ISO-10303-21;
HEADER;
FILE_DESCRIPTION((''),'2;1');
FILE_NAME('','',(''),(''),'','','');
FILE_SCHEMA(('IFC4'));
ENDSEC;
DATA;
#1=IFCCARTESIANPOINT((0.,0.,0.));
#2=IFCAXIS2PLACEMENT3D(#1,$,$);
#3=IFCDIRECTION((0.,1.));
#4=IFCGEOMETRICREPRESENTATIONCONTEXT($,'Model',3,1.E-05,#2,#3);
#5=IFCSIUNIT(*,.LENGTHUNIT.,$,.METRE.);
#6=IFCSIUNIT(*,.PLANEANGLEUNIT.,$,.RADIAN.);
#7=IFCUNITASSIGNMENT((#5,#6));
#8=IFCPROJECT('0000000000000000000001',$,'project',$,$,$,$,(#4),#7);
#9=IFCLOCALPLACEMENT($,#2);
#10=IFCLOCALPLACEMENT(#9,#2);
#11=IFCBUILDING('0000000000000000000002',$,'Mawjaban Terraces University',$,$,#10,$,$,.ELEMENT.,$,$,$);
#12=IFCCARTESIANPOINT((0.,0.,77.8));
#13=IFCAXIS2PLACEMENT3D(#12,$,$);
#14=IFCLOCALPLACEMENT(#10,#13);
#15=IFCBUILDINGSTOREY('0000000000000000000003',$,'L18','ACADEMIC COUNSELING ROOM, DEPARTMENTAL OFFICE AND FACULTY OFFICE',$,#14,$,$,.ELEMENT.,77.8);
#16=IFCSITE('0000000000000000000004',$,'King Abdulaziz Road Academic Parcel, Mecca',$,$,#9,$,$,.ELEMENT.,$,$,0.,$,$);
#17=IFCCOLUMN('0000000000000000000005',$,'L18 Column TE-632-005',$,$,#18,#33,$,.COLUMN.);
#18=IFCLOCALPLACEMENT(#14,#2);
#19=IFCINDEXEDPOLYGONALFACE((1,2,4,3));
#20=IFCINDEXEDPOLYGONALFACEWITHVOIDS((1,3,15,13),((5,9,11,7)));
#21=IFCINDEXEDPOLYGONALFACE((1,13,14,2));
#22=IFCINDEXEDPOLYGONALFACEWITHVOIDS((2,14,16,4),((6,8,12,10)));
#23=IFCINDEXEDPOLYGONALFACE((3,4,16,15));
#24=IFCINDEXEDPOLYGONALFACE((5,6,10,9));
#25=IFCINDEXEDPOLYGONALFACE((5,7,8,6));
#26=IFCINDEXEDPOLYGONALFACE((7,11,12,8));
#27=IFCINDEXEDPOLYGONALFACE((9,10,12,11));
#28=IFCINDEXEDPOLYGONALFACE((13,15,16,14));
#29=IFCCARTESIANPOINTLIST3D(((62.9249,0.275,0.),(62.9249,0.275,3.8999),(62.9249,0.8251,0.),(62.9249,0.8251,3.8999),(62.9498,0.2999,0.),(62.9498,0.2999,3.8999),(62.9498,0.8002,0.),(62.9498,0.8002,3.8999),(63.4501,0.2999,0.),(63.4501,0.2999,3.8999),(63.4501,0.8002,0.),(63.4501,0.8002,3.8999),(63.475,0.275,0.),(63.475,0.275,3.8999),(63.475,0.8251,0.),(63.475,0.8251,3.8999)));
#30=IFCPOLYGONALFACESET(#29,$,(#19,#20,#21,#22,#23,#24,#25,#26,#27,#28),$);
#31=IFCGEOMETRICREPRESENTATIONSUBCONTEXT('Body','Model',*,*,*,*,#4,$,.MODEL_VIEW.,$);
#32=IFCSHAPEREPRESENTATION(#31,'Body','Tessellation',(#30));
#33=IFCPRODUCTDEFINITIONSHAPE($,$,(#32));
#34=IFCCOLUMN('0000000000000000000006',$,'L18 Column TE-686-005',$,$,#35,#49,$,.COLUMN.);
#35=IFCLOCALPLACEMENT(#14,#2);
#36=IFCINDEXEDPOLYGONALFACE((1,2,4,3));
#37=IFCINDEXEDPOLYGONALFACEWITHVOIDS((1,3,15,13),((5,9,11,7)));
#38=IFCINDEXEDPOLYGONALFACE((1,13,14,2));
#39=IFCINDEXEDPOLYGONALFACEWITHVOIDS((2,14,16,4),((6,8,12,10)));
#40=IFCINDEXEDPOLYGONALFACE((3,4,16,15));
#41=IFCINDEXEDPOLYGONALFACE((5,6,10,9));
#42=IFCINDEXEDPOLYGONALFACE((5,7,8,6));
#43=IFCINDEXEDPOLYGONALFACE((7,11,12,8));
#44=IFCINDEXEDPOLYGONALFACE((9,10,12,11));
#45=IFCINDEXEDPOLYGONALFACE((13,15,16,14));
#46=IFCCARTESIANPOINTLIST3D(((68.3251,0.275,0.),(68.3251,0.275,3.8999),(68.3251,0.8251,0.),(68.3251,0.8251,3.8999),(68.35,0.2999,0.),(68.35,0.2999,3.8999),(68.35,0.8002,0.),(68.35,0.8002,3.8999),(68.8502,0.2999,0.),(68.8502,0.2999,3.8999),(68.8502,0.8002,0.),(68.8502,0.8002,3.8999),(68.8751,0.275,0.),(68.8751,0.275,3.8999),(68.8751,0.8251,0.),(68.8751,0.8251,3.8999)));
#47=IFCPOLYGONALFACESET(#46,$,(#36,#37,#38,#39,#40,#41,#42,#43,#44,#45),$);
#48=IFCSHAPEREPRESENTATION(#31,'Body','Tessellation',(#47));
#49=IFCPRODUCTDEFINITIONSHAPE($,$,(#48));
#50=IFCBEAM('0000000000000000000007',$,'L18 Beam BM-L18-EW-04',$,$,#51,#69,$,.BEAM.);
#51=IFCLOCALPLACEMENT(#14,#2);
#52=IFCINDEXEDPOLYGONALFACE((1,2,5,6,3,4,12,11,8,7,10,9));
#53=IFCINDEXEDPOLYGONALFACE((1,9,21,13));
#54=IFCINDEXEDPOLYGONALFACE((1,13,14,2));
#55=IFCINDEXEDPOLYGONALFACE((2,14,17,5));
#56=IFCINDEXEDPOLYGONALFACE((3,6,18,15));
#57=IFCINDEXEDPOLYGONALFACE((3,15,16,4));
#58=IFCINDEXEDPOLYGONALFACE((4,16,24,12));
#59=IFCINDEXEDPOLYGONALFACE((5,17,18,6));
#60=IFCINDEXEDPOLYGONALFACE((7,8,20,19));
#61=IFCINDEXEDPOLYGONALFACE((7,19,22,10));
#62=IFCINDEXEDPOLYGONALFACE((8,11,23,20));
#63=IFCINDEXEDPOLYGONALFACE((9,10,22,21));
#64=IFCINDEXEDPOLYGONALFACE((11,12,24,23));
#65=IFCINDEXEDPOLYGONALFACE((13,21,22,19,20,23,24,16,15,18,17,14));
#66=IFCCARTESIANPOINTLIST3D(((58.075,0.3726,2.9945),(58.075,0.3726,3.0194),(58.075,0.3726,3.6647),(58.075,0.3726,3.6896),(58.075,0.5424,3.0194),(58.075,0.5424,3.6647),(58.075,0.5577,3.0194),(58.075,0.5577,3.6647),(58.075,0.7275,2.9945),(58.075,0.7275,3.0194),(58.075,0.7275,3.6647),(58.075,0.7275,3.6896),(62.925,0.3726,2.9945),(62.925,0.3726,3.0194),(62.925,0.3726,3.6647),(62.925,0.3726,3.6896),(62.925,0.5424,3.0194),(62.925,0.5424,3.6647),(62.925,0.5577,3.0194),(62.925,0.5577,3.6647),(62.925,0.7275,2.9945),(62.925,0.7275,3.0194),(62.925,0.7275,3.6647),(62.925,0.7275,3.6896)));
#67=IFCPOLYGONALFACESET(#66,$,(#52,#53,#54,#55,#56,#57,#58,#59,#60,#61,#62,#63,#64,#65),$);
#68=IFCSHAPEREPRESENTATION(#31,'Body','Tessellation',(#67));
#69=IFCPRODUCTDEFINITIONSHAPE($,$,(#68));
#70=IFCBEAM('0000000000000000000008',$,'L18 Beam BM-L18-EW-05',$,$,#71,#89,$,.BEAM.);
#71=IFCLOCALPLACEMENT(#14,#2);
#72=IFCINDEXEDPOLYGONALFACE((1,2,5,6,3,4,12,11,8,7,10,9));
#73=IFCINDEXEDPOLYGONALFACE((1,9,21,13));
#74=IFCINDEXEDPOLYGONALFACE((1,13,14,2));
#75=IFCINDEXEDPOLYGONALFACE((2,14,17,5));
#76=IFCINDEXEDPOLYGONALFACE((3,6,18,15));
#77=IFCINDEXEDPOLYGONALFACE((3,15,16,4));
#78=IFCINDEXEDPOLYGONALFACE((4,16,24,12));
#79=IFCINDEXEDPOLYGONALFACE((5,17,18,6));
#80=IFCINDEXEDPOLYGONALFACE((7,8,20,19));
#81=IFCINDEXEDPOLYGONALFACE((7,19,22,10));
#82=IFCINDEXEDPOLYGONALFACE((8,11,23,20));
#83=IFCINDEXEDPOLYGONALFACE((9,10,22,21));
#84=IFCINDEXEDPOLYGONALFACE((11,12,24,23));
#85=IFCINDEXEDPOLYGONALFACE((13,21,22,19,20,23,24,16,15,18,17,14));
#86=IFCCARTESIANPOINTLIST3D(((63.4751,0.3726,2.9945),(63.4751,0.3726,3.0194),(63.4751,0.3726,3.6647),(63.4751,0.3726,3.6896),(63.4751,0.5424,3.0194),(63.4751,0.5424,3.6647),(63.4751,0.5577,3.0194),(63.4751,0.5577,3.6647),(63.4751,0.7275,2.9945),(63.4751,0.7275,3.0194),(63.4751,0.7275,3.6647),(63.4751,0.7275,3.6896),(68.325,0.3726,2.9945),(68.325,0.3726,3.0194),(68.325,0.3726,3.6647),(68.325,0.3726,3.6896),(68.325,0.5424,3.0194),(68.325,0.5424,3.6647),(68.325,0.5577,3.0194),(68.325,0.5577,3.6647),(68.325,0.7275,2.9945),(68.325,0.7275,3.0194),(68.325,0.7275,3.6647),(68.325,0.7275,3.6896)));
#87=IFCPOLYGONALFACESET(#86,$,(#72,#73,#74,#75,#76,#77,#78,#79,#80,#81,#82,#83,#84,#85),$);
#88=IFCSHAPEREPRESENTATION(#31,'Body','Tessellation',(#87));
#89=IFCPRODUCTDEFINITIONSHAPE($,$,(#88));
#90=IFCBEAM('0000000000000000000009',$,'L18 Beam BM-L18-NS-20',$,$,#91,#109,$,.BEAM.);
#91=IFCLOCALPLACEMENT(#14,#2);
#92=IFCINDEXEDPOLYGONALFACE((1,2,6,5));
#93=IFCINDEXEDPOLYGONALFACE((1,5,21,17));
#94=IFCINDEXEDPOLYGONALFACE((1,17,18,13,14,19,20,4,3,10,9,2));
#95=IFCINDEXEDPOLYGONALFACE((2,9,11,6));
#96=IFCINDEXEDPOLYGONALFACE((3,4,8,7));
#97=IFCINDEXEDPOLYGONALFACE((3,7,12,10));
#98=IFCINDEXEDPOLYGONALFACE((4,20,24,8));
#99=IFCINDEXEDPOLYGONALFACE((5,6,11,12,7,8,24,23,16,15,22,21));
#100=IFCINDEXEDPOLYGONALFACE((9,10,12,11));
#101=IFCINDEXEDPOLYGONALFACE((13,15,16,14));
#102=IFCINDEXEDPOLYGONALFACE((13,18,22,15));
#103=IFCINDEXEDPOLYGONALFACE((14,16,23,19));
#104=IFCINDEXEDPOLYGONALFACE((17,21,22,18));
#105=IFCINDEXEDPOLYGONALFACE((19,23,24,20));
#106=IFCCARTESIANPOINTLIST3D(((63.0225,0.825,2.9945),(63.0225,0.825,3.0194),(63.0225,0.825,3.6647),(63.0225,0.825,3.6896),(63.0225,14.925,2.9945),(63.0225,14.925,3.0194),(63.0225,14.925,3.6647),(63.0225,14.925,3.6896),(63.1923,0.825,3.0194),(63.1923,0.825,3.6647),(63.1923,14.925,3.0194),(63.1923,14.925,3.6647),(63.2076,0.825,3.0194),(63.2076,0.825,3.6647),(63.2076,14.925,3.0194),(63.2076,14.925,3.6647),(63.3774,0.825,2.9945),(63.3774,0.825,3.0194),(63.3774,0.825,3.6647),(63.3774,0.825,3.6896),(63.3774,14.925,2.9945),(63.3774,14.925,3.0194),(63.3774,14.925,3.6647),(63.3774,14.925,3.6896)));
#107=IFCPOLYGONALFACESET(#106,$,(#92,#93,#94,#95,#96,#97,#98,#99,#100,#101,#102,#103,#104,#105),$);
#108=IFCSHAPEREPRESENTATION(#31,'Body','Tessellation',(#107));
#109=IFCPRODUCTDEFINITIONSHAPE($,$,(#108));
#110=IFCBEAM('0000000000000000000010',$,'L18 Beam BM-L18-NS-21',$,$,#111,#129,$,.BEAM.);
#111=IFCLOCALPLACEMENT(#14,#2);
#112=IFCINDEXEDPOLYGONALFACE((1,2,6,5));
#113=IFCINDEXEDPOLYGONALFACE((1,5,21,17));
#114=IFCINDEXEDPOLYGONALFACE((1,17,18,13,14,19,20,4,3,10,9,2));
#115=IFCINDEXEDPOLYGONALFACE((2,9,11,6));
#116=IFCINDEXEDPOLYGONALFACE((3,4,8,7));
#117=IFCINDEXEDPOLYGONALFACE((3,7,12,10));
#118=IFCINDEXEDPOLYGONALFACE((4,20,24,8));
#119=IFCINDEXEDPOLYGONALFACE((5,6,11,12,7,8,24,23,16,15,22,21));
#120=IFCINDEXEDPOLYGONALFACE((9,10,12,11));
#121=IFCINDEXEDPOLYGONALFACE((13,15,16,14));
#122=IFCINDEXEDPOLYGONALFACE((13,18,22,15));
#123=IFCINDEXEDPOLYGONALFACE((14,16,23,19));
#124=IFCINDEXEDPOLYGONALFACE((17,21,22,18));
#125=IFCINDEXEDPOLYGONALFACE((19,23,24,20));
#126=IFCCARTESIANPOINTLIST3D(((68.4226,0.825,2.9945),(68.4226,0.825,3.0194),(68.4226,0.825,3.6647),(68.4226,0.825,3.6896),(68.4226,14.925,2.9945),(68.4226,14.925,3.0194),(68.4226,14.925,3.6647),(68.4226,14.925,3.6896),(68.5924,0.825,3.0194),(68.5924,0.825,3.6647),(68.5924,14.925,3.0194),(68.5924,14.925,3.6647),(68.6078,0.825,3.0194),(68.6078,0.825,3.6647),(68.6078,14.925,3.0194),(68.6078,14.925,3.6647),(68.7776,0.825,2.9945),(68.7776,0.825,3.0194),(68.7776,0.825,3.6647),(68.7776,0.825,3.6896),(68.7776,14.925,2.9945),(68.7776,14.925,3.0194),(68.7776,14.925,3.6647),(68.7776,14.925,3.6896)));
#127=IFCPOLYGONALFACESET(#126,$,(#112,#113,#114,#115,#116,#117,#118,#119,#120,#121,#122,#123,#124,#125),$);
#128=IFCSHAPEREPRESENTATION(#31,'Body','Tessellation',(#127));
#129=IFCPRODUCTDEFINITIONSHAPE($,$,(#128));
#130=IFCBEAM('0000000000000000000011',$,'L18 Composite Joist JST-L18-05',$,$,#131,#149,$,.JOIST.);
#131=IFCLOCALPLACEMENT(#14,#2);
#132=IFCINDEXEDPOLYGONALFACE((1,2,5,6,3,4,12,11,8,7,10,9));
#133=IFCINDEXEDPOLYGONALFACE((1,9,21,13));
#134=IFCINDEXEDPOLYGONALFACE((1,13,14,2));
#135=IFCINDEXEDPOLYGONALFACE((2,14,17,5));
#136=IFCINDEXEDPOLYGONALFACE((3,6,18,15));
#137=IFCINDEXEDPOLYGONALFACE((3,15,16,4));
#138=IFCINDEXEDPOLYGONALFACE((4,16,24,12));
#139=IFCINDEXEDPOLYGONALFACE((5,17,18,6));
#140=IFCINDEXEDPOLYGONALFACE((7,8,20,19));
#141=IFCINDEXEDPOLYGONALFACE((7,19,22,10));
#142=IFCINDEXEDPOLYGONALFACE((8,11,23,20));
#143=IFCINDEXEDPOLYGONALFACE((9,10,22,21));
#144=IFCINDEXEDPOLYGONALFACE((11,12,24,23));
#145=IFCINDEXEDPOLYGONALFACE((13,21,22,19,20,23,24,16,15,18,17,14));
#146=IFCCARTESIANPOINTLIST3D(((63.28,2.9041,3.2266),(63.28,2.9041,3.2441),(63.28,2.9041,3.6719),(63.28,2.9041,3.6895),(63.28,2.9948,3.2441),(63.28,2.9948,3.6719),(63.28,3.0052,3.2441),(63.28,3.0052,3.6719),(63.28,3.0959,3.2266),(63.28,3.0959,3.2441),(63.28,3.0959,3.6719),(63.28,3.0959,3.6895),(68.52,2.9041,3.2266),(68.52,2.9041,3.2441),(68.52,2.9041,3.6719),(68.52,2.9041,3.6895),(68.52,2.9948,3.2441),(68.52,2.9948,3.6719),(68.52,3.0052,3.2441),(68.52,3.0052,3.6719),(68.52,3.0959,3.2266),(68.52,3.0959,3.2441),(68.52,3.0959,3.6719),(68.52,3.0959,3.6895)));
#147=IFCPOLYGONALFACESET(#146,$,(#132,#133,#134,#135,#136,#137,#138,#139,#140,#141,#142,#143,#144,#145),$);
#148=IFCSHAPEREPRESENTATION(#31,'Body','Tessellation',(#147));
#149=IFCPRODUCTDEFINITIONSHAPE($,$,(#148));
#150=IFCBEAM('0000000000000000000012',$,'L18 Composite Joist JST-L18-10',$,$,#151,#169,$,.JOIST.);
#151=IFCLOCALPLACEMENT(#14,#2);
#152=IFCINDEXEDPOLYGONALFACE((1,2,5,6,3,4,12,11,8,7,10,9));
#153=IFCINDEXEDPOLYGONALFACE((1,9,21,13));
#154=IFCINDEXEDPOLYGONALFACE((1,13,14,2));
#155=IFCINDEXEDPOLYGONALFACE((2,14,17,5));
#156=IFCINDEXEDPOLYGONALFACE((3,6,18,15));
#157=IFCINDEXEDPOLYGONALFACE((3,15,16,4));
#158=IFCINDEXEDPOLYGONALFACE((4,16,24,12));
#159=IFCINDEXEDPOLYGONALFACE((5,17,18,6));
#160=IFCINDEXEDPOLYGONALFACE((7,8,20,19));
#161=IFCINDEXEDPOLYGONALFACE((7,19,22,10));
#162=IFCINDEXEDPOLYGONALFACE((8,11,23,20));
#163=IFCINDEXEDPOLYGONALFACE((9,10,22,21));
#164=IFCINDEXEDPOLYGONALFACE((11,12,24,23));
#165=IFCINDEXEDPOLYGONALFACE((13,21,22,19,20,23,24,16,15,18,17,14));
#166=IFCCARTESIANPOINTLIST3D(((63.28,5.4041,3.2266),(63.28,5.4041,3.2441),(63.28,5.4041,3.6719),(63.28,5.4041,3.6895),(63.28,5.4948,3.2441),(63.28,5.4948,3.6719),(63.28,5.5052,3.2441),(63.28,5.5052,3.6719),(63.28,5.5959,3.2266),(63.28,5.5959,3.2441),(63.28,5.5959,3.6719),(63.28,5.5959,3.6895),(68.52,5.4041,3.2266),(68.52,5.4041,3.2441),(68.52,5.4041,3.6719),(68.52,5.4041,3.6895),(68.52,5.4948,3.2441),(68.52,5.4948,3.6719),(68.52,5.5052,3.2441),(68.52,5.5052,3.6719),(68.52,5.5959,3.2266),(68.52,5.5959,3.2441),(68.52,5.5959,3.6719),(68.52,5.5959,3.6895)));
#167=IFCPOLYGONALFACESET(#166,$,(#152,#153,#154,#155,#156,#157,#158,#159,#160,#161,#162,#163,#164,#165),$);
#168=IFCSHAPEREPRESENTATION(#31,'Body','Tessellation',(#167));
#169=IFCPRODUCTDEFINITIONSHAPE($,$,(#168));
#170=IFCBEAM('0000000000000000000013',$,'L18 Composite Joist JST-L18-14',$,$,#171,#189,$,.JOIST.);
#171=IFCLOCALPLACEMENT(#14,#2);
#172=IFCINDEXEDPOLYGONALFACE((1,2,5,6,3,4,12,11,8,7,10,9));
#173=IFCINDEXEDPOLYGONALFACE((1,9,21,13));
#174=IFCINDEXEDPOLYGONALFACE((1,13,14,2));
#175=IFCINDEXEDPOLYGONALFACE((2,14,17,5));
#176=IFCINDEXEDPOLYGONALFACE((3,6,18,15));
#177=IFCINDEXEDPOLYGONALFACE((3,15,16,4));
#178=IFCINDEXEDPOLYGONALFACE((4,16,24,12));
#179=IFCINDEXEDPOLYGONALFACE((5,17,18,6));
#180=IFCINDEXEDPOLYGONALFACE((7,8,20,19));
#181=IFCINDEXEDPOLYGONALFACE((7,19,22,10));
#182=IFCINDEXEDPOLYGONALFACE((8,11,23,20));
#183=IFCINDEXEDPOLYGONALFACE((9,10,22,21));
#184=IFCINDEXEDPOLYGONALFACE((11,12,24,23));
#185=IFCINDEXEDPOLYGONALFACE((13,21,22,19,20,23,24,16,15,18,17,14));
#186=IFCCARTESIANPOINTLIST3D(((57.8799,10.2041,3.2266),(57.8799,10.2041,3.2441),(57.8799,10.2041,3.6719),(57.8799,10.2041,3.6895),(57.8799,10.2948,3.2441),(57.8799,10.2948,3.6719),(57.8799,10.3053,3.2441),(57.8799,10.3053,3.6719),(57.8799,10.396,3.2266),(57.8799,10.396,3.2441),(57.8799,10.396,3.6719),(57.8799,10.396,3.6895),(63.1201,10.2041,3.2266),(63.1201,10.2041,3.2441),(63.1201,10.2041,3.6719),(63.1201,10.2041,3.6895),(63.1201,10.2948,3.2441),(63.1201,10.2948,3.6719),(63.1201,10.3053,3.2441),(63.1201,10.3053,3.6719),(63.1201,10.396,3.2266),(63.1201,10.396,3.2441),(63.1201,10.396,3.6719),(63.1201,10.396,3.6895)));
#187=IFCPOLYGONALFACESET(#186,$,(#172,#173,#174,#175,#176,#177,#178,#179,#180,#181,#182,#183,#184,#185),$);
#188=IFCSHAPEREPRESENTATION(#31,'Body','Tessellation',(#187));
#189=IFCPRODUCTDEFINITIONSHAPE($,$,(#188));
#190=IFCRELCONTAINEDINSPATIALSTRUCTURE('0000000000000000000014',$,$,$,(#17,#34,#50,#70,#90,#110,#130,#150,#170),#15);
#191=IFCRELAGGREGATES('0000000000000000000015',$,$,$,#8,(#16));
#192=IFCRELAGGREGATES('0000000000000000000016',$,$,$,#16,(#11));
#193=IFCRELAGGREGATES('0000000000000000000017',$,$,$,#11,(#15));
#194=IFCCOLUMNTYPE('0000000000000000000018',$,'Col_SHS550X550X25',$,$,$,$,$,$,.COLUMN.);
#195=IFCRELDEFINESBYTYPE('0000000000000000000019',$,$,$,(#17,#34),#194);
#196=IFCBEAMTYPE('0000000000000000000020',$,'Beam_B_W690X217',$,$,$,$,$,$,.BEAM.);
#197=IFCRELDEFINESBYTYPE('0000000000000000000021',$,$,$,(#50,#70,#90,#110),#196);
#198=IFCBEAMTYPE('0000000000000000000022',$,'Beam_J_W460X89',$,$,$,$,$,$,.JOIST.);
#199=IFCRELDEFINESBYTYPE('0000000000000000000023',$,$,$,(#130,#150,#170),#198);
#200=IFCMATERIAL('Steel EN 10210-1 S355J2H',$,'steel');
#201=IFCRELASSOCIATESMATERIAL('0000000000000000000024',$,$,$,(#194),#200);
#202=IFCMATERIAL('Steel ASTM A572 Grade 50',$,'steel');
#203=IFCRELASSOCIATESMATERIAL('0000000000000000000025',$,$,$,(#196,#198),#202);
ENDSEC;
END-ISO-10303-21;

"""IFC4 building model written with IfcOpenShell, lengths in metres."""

from ifc_helpers import new_model, si_unit, direction, frame, origin, origin_2d, place, context, subcontext, project, spatial, hollow_rectangle, i_section, extrude, material, material_profile, profile_set, type_object, element, save


model = new_model("IFC4")

# Units and contexts
model_context = context("Model", 3, precision=1e-05, world=origin(), true_north=direction((0.0, 1.0)))
body_context = subcontext(model_context, "Body", "Model", "MODEL_VIEW")
ifc_project = project(units=[si_unit("LENGTHUNIT", "METRE"), si_unit("PLANEANGLEUNIT", "RADIAN")], contexts=[model_context])

# Site, building, storey
site_placement = place(None, origin())
site = spatial("IfcSite", under=ifc_project, at=site_placement, Name="King Abdulaziz Road Academic Parcel, Mecca", CompositionType="ELEMENT", RefElevation=0.0)
building_placement = place(site_placement, origin())
building = spatial("IfcBuilding", under=site, at=building_placement, Name="Mawjaban Terraces University", CompositionType="ELEMENT")
storey_placement = place(building_placement, frame((0.0, 0.0, 77.8)))
storey = spatial("IfcBuildingStorey", under=building, at=storey_placement, Name="L18", Description="ACADEMIC COUNSELING ROOM, DEPARTMENTAL OFFICE AND FACULTY OFFICE", CompositionType="ELEMENT", Elevation=77.8)

# Columns
ifc_material_1 = material(Name="Steel EN 10210-1 S355J2H", Category="steel")
ifc_material_profile_1 = material_profile(ifc_material_1, hollow_rectangle(XDim=0.55, YDim=0.55, WallThickness=0.0249, at=origin_2d()), Name="SHS550X550X25")
ifc_profile_set_1 = profile_set([ifc_material_profile_1], Name="Steel EN 10210-1 S355J2H")
column_type = type_object("IfcColumnType", Name="Col_SHS550X550X25", PredefinedType="COLUMN", material=ifc_profile_set_1)
for number, where, z_axis, x_axis, name in (
    (1, (63.2, 0.55, 0.0), (0.0, 0.0, 1.0), (1.0, 0.0, 0.0), "L18 Column TE-632-005"),
    (2, (68.6001, 0.55, 0.0), (0.0, 0.0, 1.0), (1.0, 0.0, 0.0), "L18 Column TE-686-005"),
):
    element("IfcColumn", number, at=place(storey_placement, frame(where, z_axis=z_axis, x_axis=x_axis)), inside=storey, type_object=column_type, Name=name, PredefinedType="COLUMN", context=body_context, shape_type="SweptSolid", body=[
        extrude(hollow_rectangle(XDim=0.55, YDim=0.55, WallThickness=0.0249, at=origin_2d()), origin(), (0.0, 0.0, 1.0), 3.8999),
    ])

# Beams
ifc_material_2 = material(Name="Steel ASTM A572 Grade 50", Category="steel")
ifc_material_profile_2 = material_profile(ifc_material_2, i_section(OverallWidth=0.355, OverallDepth=0.6951, WebThickness=0.0154, FlangeThickness=0.0249, at=origin_2d()), Name="W690X217")
ifc_profile_set_2 = profile_set([ifc_material_profile_2], Name="Steel ASTM A572 Grade 50")
beam_type_1 = type_object("IfcBeamType", Name="Beam_B_W690X217", PredefinedType="BEAM", material=ifc_profile_set_2)
beam_1_placement = place(storey_placement, frame((58.075, 0.55, 3.342), z_axis=(1.0, 0.0, 0.0), x_axis=(0.0, 1.0, 0.0)))
element("IfcBeam", 3, at=beam_1_placement, inside=storey, type_object=beam_type_1, Name="L18 Beam BM-L18-EW-04", PredefinedType="BEAM", context=body_context, shape_type="SweptSolid", body=[
    extrude(i_section(OverallWidth=0.355, OverallDepth=0.6951, WebThickness=0.0154, FlangeThickness=0.0249, at=origin_2d()), origin(), (0.0, 0.0, 1.0), 4.8501),
])
beam_2_placement = place(storey_placement, frame((63.4751, 0.55, 3.342), z_axis=(1.0, 0.0, 0.0), x_axis=(0.0, 1.0, 0.0)))
element("IfcBeam", 4, at=beam_2_placement, inside=storey, type_object=beam_type_1, Name="L18 Beam BM-L18-EW-05", PredefinedType="BEAM", context=body_context, shape_type="SweptSolid", body=[
    extrude(i_section(OverallWidth=0.355, OverallDepth=0.6951, WebThickness=0.0154, FlangeThickness=0.0249, at=origin_2d()), origin(), (0.0, 0.0, 1.0), 4.8499),
])
for number, where, z_axis, x_axis, name in (
    (5, (63.2, 0.825, 3.342), (0.0, 1.0, 0.0), (-1.0, 0.0, 0.0), "L18 Beam BM-L18-NS-20"),
    (6, (68.6001, 0.825, 3.342), (0.0, 1.0, 0.0), (-1.0, 0.0, 0.0), "L18 Beam BM-L18-NS-21"),
):
    element("IfcBeam", number, at=place(storey_placement, frame(where, z_axis=z_axis, x_axis=x_axis)), inside=storey, type_object=beam_type_1, Name=name, PredefinedType="BEAM", context=body_context, shape_type="SweptSolid", body=[
        extrude(i_section(OverallWidth=0.355, OverallDepth=0.6951, WebThickness=0.0154, FlangeThickness=0.0249, at=origin_2d()), origin(), (0.0, 0.0, 1.0), 14.1001),
    ])
ifc_material_profile_3 = material_profile(ifc_material_2, i_section(OverallWidth=0.1919, OverallDepth=0.4629, WebThickness=0.0105, FlangeThickness=0.0176, at=origin_2d()), Name="W460X89")
ifc_profile_set_3 = profile_set([ifc_material_profile_3], Name="Steel ASTM A572 Grade 50")
beam_type_2 = type_object("IfcBeamType", Name="Beam_J_W460X89", PredefinedType="JOIST", material=ifc_profile_set_3)
for number, where, z_axis, x_axis, name in (
    (7, (63.28, 3.0, 3.458), (1.0, 0.0, 0.0), (0.0, 1.0, 0.0), "L18 Composite Joist JST-L18-05"),
    (8, (63.28, 5.5, 3.458), (1.0, 0.0, 0.0), (0.0, 1.0, 0.0), "L18 Composite Joist JST-L18-10"),
):
    element("IfcBeam", number, at=place(storey_placement, frame(where, z_axis=z_axis, x_axis=x_axis)), inside=storey, type_object=beam_type_2, Name=name, PredefinedType="JOIST", context=body_context, shape_type="SweptSolid", body=[
        extrude(i_section(OverallWidth=0.1919, OverallDepth=0.4629, WebThickness=0.0105, FlangeThickness=0.0176, at=origin_2d()), origin(), (0.0, 0.0, 1.0), 5.24),
    ])
beam_3_placement = place(storey_placement, frame((57.8799, 10.3, 3.458), z_axis=(1.0, 0.0, 0.0), x_axis=(0.0, 1.0, 0.0)))
element("IfcBeam", 9, at=beam_3_placement, inside=storey, type_object=beam_type_2, Name="L18 Composite Joist JST-L18-14", PredefinedType="JOIST", context=body_context, shape_type="SweptSolid", body=[
    extrude(i_section(OverallWidth=0.1919, OverallDepth=0.4629, WebThickness=0.0105, FlangeThickness=0.0176, at=origin_2d()), origin(), (0.0, 0.0, 1.0), 5.2402),
])

save(model, "model.ifc")
